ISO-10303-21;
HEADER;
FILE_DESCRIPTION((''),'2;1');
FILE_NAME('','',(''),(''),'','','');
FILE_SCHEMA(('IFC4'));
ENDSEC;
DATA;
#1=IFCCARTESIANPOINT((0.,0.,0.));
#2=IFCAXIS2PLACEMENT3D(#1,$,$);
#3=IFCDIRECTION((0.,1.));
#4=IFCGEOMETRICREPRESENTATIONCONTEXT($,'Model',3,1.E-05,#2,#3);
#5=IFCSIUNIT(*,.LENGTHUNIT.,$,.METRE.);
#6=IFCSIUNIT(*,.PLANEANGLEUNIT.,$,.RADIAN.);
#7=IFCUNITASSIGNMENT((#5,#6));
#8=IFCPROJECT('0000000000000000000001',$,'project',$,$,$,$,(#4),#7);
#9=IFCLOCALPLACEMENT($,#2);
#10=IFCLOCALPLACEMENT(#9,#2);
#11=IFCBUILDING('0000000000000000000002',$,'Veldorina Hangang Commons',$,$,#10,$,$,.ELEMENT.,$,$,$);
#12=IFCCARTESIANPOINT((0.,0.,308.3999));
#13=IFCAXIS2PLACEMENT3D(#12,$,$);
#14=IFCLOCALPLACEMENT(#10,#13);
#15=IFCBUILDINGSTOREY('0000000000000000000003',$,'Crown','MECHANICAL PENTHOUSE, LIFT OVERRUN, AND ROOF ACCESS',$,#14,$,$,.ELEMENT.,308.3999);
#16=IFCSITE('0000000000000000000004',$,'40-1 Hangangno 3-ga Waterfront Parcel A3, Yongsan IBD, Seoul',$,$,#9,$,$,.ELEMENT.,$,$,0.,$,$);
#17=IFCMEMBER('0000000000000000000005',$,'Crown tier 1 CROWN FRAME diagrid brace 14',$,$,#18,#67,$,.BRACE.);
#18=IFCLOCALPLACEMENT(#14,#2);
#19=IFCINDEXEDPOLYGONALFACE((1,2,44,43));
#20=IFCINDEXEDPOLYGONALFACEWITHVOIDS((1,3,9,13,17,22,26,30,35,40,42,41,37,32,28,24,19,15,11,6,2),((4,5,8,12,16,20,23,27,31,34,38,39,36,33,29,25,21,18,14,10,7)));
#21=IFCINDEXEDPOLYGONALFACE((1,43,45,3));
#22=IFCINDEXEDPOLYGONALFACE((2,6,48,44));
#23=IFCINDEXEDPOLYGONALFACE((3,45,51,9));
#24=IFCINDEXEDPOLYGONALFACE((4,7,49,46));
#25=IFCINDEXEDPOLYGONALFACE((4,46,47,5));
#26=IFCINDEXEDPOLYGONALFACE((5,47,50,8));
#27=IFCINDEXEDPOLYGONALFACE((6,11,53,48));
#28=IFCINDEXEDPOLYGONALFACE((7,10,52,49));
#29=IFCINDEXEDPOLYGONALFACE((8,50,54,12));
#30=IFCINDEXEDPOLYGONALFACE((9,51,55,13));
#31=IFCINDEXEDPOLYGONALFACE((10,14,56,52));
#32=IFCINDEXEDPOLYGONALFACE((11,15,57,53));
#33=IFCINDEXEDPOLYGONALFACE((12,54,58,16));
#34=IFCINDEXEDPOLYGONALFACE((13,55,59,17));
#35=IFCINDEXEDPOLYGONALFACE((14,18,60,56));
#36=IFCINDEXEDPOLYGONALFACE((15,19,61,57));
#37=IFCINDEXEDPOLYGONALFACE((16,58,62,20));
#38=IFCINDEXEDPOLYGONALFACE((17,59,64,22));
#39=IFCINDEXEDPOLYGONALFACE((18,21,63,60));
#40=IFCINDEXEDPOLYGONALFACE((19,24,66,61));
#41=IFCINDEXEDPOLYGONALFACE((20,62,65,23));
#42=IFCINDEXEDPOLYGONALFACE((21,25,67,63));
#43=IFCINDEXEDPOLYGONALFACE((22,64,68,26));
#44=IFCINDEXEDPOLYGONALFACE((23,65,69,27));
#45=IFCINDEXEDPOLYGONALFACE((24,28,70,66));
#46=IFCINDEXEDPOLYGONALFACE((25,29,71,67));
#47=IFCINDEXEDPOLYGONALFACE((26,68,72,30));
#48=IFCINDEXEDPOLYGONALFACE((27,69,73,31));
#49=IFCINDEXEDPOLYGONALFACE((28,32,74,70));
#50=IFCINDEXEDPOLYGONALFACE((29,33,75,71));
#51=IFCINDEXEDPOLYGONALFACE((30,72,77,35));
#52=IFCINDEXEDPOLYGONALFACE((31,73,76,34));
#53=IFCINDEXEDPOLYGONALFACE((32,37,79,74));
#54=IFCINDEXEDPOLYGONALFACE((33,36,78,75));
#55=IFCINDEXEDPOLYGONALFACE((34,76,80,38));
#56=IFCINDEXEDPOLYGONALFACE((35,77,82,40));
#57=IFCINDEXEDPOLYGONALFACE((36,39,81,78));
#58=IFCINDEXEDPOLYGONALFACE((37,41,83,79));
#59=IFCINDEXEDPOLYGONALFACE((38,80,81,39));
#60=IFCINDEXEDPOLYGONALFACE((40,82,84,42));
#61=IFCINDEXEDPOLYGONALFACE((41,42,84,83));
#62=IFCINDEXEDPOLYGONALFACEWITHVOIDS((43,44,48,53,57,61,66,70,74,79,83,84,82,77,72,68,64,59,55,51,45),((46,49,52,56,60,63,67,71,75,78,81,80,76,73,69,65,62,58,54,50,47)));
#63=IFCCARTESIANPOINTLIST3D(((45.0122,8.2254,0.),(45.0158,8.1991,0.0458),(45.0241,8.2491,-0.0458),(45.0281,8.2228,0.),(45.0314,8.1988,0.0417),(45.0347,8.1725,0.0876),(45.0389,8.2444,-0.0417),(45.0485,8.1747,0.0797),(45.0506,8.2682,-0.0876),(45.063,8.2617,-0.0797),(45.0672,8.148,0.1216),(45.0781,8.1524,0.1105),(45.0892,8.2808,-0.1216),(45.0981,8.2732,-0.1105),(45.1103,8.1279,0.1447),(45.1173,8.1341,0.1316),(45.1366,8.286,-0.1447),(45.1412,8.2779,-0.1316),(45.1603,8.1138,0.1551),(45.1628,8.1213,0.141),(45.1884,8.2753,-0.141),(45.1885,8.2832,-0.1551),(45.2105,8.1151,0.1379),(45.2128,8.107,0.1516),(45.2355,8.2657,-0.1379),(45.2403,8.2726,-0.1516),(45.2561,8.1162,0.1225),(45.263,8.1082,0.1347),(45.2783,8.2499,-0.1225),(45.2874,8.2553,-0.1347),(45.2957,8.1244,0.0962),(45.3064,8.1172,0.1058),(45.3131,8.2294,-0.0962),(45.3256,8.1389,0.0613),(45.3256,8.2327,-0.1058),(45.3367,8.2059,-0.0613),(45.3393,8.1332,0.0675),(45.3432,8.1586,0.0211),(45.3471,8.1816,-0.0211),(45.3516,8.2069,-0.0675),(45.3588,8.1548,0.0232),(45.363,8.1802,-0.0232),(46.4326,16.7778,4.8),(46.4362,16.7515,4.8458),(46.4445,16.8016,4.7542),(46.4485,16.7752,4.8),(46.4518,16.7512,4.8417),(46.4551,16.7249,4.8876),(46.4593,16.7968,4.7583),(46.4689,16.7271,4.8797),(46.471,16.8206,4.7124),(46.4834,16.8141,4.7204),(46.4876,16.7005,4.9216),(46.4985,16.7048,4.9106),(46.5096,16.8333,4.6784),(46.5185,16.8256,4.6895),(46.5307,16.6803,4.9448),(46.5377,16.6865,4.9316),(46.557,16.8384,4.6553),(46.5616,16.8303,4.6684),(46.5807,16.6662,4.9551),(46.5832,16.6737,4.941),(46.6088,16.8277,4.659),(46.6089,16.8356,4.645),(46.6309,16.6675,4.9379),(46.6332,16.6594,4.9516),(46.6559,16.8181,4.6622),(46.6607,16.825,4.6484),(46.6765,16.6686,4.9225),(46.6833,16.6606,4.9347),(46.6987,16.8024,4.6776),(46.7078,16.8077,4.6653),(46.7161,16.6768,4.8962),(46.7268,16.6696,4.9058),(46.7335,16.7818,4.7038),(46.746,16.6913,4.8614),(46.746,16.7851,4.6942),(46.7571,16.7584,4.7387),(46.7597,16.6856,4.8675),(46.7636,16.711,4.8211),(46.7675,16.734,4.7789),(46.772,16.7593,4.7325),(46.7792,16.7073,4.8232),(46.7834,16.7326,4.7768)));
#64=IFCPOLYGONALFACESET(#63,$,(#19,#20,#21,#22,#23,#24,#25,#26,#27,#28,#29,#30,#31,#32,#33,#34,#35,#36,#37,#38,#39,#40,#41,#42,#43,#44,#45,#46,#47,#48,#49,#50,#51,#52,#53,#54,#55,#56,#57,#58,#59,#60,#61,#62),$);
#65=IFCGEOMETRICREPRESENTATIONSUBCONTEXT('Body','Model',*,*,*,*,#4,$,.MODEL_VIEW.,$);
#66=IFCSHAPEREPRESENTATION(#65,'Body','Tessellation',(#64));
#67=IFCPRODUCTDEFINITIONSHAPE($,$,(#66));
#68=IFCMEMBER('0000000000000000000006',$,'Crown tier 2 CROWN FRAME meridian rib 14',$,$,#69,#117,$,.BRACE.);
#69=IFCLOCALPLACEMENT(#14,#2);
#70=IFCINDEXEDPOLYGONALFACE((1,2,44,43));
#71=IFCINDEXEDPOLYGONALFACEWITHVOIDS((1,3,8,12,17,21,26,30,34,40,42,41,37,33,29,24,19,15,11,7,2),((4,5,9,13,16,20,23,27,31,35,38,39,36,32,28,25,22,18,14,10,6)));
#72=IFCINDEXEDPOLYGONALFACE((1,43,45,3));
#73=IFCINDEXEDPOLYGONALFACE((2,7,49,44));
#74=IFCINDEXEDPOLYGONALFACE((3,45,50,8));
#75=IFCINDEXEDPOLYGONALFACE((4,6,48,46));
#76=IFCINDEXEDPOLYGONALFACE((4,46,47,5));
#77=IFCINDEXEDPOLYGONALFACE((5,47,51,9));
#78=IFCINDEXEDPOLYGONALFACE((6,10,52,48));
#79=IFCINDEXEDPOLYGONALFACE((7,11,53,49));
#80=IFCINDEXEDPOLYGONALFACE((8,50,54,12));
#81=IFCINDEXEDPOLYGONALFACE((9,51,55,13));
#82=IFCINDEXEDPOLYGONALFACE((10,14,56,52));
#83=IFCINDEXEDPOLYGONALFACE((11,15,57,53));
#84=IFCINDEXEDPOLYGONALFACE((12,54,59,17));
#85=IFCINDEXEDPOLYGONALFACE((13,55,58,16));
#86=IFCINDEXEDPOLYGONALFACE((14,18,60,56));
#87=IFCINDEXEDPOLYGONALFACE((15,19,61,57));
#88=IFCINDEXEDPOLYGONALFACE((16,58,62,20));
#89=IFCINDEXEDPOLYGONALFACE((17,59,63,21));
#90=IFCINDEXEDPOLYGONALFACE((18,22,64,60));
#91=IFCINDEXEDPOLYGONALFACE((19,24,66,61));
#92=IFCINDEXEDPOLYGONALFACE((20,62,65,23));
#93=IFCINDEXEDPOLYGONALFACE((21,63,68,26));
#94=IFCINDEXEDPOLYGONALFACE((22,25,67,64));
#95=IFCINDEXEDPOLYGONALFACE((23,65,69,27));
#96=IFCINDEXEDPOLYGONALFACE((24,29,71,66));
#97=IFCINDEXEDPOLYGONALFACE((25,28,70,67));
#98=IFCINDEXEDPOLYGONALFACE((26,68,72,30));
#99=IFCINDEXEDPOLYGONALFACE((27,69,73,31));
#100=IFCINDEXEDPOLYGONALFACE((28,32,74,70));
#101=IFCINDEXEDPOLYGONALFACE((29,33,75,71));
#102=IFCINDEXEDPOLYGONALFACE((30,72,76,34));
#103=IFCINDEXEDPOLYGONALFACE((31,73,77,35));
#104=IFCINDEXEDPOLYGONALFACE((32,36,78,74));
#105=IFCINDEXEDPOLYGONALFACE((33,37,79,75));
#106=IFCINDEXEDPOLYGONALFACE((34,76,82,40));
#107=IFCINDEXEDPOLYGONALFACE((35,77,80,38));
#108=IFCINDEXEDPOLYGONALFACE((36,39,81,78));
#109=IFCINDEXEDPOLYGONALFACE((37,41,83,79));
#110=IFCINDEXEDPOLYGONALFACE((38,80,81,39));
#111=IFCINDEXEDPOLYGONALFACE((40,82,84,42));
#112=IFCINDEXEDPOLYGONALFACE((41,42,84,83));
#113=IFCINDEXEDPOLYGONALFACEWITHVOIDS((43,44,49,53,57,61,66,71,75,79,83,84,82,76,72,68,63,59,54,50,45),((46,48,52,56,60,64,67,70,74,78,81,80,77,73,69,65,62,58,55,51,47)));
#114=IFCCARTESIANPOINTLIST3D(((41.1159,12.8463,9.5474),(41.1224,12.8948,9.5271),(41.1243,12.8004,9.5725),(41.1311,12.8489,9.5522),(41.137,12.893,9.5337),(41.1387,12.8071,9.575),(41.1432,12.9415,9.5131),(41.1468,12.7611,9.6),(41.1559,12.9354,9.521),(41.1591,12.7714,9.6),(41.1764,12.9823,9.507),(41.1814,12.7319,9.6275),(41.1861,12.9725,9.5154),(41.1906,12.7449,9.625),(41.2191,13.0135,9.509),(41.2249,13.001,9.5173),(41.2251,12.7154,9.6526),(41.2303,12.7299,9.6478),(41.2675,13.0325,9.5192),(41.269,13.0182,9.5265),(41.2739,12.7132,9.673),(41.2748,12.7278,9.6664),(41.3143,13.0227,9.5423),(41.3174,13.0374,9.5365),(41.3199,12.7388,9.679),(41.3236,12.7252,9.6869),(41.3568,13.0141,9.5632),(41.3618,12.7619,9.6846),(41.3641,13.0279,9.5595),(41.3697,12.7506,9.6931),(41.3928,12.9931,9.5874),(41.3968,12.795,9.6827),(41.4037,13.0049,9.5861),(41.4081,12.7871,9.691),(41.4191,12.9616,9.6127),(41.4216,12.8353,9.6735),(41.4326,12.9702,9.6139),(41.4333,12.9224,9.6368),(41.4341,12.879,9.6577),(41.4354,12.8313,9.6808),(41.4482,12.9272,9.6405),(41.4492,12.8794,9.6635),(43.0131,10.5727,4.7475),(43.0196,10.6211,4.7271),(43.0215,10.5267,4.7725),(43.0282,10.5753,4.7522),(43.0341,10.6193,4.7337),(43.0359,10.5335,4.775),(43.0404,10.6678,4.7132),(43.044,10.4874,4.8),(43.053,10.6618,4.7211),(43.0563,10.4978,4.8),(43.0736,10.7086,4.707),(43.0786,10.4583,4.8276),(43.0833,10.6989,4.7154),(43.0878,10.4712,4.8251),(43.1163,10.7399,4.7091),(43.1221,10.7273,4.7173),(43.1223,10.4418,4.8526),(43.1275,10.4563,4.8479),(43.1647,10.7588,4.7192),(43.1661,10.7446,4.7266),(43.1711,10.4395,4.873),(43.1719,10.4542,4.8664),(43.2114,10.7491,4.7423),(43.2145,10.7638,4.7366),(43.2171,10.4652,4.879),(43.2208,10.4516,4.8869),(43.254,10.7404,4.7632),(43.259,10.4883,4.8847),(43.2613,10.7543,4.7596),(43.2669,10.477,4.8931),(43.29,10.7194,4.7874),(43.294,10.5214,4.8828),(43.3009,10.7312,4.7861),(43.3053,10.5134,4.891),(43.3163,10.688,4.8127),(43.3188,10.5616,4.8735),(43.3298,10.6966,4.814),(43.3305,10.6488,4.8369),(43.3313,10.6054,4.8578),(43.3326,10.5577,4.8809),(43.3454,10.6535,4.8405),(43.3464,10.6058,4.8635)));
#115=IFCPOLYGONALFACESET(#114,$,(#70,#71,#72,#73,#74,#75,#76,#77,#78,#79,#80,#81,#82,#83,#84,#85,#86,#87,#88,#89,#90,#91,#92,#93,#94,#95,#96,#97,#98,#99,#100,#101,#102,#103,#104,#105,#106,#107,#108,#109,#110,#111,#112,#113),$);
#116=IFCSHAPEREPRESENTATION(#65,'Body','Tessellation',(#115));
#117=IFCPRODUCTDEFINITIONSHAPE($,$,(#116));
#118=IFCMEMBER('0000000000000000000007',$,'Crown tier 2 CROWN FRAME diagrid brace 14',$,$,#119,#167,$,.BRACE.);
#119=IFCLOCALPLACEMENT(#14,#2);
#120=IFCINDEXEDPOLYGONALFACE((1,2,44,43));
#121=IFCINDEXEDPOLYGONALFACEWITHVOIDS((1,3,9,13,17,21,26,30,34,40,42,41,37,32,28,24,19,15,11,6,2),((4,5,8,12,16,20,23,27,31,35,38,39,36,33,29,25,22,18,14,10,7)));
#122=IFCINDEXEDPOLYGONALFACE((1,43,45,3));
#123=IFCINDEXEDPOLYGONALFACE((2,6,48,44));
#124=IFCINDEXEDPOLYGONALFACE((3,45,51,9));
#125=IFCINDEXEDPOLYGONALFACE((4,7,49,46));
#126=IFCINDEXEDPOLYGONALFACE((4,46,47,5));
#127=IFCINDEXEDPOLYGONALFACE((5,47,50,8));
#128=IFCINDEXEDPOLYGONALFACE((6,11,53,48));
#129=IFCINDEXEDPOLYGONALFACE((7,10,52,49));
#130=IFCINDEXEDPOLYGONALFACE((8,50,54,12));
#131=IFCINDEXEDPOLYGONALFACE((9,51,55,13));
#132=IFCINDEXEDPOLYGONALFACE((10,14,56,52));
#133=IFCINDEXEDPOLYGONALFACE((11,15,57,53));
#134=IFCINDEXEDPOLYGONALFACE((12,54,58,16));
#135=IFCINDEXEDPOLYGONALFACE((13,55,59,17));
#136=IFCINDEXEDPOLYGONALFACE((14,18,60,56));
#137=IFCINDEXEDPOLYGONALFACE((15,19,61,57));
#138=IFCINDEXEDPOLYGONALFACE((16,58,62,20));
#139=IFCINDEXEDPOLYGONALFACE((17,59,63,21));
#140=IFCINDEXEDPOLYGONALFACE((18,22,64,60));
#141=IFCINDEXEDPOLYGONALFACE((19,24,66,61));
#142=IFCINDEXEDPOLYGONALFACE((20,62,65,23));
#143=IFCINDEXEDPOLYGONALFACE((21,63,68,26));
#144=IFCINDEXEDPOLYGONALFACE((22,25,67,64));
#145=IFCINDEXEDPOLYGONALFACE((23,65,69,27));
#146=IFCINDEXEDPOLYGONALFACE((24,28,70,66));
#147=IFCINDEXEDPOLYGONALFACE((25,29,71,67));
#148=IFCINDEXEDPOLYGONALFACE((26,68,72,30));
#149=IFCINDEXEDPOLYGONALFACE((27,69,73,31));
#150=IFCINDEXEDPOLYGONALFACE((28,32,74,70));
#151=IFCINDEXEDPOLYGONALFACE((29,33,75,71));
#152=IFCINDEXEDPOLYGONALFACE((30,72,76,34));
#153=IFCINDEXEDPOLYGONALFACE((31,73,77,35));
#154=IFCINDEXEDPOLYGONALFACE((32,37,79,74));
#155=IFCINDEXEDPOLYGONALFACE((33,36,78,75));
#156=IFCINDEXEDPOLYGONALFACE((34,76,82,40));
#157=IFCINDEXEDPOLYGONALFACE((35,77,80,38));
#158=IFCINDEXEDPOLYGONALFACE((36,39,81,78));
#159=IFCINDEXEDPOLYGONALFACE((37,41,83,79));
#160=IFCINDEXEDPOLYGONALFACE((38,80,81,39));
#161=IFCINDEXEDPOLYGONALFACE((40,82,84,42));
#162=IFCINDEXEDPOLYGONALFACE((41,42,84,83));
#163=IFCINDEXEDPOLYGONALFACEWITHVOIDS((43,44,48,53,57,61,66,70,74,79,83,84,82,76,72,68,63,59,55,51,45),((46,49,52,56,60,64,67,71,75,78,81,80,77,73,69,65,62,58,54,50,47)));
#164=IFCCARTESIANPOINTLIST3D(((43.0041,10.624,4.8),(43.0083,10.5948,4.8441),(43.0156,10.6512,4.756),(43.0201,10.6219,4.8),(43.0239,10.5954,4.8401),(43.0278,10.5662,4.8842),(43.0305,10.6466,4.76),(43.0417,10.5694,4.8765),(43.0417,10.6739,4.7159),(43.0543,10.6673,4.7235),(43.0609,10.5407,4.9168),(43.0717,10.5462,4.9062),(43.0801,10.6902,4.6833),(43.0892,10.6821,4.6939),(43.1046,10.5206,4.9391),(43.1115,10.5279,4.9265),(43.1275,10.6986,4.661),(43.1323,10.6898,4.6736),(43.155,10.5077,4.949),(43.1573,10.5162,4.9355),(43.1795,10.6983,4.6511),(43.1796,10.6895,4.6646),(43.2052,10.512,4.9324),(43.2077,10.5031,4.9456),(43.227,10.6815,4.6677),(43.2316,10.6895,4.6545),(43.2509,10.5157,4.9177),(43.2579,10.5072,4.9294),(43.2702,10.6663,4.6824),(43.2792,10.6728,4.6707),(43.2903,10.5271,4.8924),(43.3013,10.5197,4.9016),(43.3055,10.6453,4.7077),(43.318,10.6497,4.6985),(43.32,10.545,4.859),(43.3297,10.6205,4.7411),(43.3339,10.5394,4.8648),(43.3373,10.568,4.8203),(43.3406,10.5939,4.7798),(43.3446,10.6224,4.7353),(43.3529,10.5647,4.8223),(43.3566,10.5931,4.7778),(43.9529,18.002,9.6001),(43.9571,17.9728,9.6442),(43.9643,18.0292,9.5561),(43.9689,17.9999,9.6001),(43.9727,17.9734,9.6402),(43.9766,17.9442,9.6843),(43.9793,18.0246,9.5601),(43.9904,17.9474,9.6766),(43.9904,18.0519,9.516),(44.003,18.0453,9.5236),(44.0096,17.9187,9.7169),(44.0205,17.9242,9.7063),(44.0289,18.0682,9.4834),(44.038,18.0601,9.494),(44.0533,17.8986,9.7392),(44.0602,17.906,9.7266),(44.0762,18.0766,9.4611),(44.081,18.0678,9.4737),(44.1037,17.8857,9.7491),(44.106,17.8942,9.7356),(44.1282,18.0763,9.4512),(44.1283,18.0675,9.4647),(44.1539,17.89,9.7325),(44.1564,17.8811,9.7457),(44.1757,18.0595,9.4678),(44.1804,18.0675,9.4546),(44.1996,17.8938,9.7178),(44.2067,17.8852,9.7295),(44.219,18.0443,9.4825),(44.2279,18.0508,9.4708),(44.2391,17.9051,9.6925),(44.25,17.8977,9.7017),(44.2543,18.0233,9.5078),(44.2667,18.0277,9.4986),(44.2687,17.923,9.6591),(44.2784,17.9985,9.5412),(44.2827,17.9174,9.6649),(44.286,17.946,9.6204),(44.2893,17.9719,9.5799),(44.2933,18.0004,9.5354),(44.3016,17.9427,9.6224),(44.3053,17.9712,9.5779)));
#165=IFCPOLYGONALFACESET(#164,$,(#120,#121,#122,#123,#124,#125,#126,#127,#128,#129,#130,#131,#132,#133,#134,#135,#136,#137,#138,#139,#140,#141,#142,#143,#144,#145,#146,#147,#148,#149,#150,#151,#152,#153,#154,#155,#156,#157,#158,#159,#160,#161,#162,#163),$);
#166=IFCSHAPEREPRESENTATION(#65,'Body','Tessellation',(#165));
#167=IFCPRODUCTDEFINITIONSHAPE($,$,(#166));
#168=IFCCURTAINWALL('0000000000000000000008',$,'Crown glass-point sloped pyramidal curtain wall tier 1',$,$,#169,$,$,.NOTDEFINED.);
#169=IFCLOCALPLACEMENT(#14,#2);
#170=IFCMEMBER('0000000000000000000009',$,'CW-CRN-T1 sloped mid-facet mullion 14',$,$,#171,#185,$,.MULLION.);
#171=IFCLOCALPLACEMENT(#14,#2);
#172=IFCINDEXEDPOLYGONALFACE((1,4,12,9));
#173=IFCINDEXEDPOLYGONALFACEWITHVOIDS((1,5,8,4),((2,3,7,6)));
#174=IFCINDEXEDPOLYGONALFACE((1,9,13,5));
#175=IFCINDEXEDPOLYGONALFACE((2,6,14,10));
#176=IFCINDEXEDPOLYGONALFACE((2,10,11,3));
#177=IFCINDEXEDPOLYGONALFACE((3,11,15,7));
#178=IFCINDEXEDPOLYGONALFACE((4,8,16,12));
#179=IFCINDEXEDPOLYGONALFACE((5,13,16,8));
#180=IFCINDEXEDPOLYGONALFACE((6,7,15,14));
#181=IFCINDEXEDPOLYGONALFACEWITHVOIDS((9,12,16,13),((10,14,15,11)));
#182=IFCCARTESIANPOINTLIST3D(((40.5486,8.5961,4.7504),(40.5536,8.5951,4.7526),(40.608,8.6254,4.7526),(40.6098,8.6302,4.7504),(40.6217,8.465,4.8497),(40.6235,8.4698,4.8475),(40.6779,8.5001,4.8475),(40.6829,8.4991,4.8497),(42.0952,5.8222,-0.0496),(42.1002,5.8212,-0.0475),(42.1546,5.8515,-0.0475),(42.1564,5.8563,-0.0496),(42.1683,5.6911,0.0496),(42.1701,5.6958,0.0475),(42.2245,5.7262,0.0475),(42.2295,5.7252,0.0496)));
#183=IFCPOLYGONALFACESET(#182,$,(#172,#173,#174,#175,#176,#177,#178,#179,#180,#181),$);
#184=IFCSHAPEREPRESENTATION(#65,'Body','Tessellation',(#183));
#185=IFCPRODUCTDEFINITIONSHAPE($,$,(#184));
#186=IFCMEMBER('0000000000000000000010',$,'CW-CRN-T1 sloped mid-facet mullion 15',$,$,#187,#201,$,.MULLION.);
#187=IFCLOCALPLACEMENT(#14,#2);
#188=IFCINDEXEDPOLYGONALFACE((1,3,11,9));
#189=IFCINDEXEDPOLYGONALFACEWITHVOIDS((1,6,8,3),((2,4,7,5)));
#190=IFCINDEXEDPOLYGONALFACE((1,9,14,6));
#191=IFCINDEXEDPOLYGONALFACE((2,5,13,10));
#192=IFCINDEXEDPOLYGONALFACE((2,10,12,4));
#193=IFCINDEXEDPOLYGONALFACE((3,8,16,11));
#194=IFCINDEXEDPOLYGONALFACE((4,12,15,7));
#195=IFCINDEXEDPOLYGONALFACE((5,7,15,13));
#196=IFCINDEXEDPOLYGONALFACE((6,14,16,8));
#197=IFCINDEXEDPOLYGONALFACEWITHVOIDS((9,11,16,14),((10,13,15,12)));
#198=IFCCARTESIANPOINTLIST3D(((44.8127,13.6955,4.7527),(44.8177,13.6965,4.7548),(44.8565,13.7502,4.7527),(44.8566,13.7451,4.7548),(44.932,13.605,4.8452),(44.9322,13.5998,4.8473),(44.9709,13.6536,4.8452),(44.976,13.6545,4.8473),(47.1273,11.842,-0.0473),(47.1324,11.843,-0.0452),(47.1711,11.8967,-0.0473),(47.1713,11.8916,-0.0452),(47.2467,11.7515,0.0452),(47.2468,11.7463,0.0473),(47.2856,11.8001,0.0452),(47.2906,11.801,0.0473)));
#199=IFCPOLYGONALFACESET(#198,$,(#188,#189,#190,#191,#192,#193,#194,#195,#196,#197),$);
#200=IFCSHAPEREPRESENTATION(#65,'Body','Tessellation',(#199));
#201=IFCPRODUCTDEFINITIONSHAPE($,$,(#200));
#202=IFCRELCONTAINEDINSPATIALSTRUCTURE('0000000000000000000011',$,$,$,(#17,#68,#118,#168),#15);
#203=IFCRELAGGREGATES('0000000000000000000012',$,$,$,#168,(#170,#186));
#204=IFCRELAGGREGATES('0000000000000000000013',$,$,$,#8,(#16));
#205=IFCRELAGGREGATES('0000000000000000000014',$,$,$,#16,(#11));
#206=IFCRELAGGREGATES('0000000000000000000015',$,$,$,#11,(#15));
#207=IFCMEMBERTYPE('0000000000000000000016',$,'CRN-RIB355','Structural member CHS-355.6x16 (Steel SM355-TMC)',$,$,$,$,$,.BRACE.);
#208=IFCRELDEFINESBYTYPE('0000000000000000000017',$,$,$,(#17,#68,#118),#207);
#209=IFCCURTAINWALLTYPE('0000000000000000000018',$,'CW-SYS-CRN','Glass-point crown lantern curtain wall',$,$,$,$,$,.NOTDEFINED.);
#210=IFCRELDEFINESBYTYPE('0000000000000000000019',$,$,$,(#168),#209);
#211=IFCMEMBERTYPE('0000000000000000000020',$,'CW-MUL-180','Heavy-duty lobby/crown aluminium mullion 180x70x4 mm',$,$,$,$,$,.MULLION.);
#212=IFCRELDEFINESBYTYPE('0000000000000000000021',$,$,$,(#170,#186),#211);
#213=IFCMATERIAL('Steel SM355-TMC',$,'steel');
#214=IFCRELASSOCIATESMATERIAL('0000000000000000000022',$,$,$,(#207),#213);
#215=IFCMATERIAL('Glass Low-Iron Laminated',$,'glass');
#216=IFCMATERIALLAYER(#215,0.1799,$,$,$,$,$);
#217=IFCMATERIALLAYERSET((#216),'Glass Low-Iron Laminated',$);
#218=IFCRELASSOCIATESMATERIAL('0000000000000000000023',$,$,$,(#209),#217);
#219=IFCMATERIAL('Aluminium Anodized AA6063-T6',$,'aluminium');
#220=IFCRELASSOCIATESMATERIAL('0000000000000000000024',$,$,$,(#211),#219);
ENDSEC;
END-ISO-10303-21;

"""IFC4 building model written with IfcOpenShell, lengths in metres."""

from ifc_helpers import new_model, si_unit, direction, frame, origin, origin_2d, place, context, subcontext, project, spatial, hollow_rectangle, hollow_circle, extrude, material, layer, layer_set, material_profile, profile_set, type_object, element, aggregate, save


model = new_model("IFC4")

# Units and contexts
model_context = context("Model", 3, precision=1e-05, world=origin(), true_north=direction((0.0, 1.0)))
body_context = subcontext(model_context, "Body", "Model", "MODEL_VIEW")
ifc_project = project(units=[si_unit("LENGTHUNIT", "METRE"), si_unit("PLANEANGLEUNIT", "RADIAN")], contexts=[model_context])

# Site, building, storey
site_placement = place(None, origin())
site = spatial("IfcSite", under=ifc_project, at=site_placement, Name="40-1 Hangangno 3-ga Waterfront Parcel A3, Yongsan IBD, Seoul", CompositionType="ELEMENT", RefElevation=0.0)
building_placement = place(site_placement, origin())
building = spatial("IfcBuilding", under=site, at=building_placement, Name="Veldorina Hangang Commons", CompositionType="ELEMENT")
storey_placement = place(building_placement, frame((0.0, 0.0, 308.3999)))
storey = spatial("IfcBuildingStorey", under=building, at=storey_placement, Name="Crown", Description="MECHANICAL PENTHOUSE, LIFT OVERRUN, AND ROOF ACCESS", CompositionType="ELEMENT", Elevation=308.3999)

# Members
ifc_material_1 = material(Name="Steel SM355-TMC", Category="steel")
ifc_material_profile_1 = material_profile(ifc_material_1, hollow_circle(Radius=0.1777, WallThickness=0.0161, at=origin_2d()), Name="CHS-355.6x16")
ifc_profile_set_1 = profile_set([ifc_material_profile_1], Name="Steel SM355-TMC")
member_type_1 = type_object("IfcMemberType", Name="CRN-RIB355", Description="Structural member CHS-355.6x16 (Steel SM355-TMC)", PredefinedType="BRACE", material=ifc_profile_set_1)
member_1_placement = place(storey_placement, frame((45.1875, 8.1963, 0.0), z_axis=(0.143335, 0.863038, 0.484376), x_axis=(-0.986487, 0.163837, 0.0)))
element("IfcMember", 1, at=member_1_placement, inside=storey, type_object=member_type_1, Name="Crown tier 1 CROWN FRAME diagrid brace 14", PredefinedType="BRACE", context=body_context, shape_type="SweptSolid", body=[
    extrude(hollow_circle(Radius=0.1777, WallThickness=0.0161, at=origin_2d()), origin(), (0.0, 0.0, 1.0), 9.9097),
])
member_2_placement = place(storey_placement, frame((43.1804, 10.6013, 4.8), z_axis=(-0.336386, 0.403135, 0.851073), x_axis=(-0.767809, -0.640679, 0.0)))
element("IfcMember", 2, at=member_2_placement, inside=storey, type_object=member_type_1, Name="Crown tier 2 CROWN FRAME meridian rib 14", PredefinedType="BRACE", context=body_context, shape_type="SweptSolid", body=[
    extrude(hollow_circle(Radius=0.1777, WallThickness=0.0161, at=origin_2d()), origin(), (0.0, 0.0, 1.0), 5.6399),
])
member_3_placement = place(storey_placement, frame((43.1804, 10.6013, 4.8), z_axis=(0.107166, 0.833388, 0.542199), x_axis=(-0.991833, 0.12754, 0.0)))
element("IfcMember", 3, at=member_3_placement, inside=storey, type_object=member_type_1, Name="Crown tier 2 CROWN FRAME diagrid brace 14", PredefinedType="BRACE", context=body_context, shape_type="SweptSolid", body=[
    extrude(hollow_circle(Radius=0.1777, WallThickness=0.0161, at=origin_2d()), origin(), (0.0, 0.0, 1.0), 8.853),
])

# Curtain wall, members
ifc_material_2 = material(Name="Glass Low-Iron Laminated", Category="glass")
ifc_layer_1 = layer(ifc_material_2, 0.1799)
ifc_layer_set_1 = layer_set([ifc_layer_1], Name="Glass Low-Iron Laminated")
curtain_wall_type = type_object("IfcCurtainWallType", Name="CW-SYS-CRN", Description="Glass-point crown lantern curtain wall", PredefinedType="NOTDEFINED", material=ifc_layer_set_1)
curtain_wall_1_placement = place(storey_placement, origin())
curtain_wall_1 = element("IfcCurtainWall", 4, at=curtain_wall_1_placement, inside=storey, type_object=curtain_wall_type, Name="Crown glass-point sloped pyramidal curtain wall tier 1", PredefinedType="NOTDEFINED")
ifc_material_3 = material(Name="Aluminium Anodized AA6063-T6", Category="aluminium")
ifc_material_profile_2 = material_profile(ifc_material_3, hollow_rectangle(XDim=0.0701, YDim=0.1799, WallThickness=0.0039, at=origin_2d()), Name="ALU-RHS-180x70x4")
ifc_profile_set_2 = profile_set([ifc_material_profile_2], Name="Aluminium Anodized AA6063-T6")
member_type_2 = type_object("IfcMemberType", Name="CW-MUL-180", Description="Heavy-duty lobby/crown aluminium mullion 180x70x4 mm", PredefinedType="MULLION", material=ifc_profile_set_2)
member_4_placement = place(storey_placement, frame((42.1624, 5.7737, 0.0), z_axis=(-0.268716, 0.481951, 0.833975), x_axis=(-0.873413, -0.48698, 0.0)))
member_4 = element("IfcMember", 5, at=member_4_placement, type_object=member_type_2, Name="CW-CRN-T1 sloped mid-facet mullion 14", PredefinedType="MULLION", context=body_context, shape_type="SweptSolid", body=[
    extrude(hollow_rectangle(XDim=0.0701, YDim=0.1799, WallThickness=0.0039, at=origin_2d()), origin(), (0.0, 0.0, 1.0), 5.7556),
])
member_5_placement = place(storey_placement, frame((47.209, 11.8215, 0.0), z_axis=(-0.410251, 0.328513, 0.850749), x_axis=(-0.625056, -0.78058, 0.0)))
member_5 = element("IfcMember", 6, at=member_5_placement, type_object=member_type_2, Name="CW-CRN-T1 sloped mid-facet mullion 15", PredefinedType="MULLION", context=body_context, shape_type="SweptSolid", body=[
    extrude(hollow_rectangle(XDim=0.0701, YDim=0.1799, WallThickness=0.0039, at=origin_2d()), origin(), (0.0, 0.0, 1.0), 5.6421),
])

aggregate(curtain_wall_1, [member_4, member_5])

save(model, "model.ifc")
